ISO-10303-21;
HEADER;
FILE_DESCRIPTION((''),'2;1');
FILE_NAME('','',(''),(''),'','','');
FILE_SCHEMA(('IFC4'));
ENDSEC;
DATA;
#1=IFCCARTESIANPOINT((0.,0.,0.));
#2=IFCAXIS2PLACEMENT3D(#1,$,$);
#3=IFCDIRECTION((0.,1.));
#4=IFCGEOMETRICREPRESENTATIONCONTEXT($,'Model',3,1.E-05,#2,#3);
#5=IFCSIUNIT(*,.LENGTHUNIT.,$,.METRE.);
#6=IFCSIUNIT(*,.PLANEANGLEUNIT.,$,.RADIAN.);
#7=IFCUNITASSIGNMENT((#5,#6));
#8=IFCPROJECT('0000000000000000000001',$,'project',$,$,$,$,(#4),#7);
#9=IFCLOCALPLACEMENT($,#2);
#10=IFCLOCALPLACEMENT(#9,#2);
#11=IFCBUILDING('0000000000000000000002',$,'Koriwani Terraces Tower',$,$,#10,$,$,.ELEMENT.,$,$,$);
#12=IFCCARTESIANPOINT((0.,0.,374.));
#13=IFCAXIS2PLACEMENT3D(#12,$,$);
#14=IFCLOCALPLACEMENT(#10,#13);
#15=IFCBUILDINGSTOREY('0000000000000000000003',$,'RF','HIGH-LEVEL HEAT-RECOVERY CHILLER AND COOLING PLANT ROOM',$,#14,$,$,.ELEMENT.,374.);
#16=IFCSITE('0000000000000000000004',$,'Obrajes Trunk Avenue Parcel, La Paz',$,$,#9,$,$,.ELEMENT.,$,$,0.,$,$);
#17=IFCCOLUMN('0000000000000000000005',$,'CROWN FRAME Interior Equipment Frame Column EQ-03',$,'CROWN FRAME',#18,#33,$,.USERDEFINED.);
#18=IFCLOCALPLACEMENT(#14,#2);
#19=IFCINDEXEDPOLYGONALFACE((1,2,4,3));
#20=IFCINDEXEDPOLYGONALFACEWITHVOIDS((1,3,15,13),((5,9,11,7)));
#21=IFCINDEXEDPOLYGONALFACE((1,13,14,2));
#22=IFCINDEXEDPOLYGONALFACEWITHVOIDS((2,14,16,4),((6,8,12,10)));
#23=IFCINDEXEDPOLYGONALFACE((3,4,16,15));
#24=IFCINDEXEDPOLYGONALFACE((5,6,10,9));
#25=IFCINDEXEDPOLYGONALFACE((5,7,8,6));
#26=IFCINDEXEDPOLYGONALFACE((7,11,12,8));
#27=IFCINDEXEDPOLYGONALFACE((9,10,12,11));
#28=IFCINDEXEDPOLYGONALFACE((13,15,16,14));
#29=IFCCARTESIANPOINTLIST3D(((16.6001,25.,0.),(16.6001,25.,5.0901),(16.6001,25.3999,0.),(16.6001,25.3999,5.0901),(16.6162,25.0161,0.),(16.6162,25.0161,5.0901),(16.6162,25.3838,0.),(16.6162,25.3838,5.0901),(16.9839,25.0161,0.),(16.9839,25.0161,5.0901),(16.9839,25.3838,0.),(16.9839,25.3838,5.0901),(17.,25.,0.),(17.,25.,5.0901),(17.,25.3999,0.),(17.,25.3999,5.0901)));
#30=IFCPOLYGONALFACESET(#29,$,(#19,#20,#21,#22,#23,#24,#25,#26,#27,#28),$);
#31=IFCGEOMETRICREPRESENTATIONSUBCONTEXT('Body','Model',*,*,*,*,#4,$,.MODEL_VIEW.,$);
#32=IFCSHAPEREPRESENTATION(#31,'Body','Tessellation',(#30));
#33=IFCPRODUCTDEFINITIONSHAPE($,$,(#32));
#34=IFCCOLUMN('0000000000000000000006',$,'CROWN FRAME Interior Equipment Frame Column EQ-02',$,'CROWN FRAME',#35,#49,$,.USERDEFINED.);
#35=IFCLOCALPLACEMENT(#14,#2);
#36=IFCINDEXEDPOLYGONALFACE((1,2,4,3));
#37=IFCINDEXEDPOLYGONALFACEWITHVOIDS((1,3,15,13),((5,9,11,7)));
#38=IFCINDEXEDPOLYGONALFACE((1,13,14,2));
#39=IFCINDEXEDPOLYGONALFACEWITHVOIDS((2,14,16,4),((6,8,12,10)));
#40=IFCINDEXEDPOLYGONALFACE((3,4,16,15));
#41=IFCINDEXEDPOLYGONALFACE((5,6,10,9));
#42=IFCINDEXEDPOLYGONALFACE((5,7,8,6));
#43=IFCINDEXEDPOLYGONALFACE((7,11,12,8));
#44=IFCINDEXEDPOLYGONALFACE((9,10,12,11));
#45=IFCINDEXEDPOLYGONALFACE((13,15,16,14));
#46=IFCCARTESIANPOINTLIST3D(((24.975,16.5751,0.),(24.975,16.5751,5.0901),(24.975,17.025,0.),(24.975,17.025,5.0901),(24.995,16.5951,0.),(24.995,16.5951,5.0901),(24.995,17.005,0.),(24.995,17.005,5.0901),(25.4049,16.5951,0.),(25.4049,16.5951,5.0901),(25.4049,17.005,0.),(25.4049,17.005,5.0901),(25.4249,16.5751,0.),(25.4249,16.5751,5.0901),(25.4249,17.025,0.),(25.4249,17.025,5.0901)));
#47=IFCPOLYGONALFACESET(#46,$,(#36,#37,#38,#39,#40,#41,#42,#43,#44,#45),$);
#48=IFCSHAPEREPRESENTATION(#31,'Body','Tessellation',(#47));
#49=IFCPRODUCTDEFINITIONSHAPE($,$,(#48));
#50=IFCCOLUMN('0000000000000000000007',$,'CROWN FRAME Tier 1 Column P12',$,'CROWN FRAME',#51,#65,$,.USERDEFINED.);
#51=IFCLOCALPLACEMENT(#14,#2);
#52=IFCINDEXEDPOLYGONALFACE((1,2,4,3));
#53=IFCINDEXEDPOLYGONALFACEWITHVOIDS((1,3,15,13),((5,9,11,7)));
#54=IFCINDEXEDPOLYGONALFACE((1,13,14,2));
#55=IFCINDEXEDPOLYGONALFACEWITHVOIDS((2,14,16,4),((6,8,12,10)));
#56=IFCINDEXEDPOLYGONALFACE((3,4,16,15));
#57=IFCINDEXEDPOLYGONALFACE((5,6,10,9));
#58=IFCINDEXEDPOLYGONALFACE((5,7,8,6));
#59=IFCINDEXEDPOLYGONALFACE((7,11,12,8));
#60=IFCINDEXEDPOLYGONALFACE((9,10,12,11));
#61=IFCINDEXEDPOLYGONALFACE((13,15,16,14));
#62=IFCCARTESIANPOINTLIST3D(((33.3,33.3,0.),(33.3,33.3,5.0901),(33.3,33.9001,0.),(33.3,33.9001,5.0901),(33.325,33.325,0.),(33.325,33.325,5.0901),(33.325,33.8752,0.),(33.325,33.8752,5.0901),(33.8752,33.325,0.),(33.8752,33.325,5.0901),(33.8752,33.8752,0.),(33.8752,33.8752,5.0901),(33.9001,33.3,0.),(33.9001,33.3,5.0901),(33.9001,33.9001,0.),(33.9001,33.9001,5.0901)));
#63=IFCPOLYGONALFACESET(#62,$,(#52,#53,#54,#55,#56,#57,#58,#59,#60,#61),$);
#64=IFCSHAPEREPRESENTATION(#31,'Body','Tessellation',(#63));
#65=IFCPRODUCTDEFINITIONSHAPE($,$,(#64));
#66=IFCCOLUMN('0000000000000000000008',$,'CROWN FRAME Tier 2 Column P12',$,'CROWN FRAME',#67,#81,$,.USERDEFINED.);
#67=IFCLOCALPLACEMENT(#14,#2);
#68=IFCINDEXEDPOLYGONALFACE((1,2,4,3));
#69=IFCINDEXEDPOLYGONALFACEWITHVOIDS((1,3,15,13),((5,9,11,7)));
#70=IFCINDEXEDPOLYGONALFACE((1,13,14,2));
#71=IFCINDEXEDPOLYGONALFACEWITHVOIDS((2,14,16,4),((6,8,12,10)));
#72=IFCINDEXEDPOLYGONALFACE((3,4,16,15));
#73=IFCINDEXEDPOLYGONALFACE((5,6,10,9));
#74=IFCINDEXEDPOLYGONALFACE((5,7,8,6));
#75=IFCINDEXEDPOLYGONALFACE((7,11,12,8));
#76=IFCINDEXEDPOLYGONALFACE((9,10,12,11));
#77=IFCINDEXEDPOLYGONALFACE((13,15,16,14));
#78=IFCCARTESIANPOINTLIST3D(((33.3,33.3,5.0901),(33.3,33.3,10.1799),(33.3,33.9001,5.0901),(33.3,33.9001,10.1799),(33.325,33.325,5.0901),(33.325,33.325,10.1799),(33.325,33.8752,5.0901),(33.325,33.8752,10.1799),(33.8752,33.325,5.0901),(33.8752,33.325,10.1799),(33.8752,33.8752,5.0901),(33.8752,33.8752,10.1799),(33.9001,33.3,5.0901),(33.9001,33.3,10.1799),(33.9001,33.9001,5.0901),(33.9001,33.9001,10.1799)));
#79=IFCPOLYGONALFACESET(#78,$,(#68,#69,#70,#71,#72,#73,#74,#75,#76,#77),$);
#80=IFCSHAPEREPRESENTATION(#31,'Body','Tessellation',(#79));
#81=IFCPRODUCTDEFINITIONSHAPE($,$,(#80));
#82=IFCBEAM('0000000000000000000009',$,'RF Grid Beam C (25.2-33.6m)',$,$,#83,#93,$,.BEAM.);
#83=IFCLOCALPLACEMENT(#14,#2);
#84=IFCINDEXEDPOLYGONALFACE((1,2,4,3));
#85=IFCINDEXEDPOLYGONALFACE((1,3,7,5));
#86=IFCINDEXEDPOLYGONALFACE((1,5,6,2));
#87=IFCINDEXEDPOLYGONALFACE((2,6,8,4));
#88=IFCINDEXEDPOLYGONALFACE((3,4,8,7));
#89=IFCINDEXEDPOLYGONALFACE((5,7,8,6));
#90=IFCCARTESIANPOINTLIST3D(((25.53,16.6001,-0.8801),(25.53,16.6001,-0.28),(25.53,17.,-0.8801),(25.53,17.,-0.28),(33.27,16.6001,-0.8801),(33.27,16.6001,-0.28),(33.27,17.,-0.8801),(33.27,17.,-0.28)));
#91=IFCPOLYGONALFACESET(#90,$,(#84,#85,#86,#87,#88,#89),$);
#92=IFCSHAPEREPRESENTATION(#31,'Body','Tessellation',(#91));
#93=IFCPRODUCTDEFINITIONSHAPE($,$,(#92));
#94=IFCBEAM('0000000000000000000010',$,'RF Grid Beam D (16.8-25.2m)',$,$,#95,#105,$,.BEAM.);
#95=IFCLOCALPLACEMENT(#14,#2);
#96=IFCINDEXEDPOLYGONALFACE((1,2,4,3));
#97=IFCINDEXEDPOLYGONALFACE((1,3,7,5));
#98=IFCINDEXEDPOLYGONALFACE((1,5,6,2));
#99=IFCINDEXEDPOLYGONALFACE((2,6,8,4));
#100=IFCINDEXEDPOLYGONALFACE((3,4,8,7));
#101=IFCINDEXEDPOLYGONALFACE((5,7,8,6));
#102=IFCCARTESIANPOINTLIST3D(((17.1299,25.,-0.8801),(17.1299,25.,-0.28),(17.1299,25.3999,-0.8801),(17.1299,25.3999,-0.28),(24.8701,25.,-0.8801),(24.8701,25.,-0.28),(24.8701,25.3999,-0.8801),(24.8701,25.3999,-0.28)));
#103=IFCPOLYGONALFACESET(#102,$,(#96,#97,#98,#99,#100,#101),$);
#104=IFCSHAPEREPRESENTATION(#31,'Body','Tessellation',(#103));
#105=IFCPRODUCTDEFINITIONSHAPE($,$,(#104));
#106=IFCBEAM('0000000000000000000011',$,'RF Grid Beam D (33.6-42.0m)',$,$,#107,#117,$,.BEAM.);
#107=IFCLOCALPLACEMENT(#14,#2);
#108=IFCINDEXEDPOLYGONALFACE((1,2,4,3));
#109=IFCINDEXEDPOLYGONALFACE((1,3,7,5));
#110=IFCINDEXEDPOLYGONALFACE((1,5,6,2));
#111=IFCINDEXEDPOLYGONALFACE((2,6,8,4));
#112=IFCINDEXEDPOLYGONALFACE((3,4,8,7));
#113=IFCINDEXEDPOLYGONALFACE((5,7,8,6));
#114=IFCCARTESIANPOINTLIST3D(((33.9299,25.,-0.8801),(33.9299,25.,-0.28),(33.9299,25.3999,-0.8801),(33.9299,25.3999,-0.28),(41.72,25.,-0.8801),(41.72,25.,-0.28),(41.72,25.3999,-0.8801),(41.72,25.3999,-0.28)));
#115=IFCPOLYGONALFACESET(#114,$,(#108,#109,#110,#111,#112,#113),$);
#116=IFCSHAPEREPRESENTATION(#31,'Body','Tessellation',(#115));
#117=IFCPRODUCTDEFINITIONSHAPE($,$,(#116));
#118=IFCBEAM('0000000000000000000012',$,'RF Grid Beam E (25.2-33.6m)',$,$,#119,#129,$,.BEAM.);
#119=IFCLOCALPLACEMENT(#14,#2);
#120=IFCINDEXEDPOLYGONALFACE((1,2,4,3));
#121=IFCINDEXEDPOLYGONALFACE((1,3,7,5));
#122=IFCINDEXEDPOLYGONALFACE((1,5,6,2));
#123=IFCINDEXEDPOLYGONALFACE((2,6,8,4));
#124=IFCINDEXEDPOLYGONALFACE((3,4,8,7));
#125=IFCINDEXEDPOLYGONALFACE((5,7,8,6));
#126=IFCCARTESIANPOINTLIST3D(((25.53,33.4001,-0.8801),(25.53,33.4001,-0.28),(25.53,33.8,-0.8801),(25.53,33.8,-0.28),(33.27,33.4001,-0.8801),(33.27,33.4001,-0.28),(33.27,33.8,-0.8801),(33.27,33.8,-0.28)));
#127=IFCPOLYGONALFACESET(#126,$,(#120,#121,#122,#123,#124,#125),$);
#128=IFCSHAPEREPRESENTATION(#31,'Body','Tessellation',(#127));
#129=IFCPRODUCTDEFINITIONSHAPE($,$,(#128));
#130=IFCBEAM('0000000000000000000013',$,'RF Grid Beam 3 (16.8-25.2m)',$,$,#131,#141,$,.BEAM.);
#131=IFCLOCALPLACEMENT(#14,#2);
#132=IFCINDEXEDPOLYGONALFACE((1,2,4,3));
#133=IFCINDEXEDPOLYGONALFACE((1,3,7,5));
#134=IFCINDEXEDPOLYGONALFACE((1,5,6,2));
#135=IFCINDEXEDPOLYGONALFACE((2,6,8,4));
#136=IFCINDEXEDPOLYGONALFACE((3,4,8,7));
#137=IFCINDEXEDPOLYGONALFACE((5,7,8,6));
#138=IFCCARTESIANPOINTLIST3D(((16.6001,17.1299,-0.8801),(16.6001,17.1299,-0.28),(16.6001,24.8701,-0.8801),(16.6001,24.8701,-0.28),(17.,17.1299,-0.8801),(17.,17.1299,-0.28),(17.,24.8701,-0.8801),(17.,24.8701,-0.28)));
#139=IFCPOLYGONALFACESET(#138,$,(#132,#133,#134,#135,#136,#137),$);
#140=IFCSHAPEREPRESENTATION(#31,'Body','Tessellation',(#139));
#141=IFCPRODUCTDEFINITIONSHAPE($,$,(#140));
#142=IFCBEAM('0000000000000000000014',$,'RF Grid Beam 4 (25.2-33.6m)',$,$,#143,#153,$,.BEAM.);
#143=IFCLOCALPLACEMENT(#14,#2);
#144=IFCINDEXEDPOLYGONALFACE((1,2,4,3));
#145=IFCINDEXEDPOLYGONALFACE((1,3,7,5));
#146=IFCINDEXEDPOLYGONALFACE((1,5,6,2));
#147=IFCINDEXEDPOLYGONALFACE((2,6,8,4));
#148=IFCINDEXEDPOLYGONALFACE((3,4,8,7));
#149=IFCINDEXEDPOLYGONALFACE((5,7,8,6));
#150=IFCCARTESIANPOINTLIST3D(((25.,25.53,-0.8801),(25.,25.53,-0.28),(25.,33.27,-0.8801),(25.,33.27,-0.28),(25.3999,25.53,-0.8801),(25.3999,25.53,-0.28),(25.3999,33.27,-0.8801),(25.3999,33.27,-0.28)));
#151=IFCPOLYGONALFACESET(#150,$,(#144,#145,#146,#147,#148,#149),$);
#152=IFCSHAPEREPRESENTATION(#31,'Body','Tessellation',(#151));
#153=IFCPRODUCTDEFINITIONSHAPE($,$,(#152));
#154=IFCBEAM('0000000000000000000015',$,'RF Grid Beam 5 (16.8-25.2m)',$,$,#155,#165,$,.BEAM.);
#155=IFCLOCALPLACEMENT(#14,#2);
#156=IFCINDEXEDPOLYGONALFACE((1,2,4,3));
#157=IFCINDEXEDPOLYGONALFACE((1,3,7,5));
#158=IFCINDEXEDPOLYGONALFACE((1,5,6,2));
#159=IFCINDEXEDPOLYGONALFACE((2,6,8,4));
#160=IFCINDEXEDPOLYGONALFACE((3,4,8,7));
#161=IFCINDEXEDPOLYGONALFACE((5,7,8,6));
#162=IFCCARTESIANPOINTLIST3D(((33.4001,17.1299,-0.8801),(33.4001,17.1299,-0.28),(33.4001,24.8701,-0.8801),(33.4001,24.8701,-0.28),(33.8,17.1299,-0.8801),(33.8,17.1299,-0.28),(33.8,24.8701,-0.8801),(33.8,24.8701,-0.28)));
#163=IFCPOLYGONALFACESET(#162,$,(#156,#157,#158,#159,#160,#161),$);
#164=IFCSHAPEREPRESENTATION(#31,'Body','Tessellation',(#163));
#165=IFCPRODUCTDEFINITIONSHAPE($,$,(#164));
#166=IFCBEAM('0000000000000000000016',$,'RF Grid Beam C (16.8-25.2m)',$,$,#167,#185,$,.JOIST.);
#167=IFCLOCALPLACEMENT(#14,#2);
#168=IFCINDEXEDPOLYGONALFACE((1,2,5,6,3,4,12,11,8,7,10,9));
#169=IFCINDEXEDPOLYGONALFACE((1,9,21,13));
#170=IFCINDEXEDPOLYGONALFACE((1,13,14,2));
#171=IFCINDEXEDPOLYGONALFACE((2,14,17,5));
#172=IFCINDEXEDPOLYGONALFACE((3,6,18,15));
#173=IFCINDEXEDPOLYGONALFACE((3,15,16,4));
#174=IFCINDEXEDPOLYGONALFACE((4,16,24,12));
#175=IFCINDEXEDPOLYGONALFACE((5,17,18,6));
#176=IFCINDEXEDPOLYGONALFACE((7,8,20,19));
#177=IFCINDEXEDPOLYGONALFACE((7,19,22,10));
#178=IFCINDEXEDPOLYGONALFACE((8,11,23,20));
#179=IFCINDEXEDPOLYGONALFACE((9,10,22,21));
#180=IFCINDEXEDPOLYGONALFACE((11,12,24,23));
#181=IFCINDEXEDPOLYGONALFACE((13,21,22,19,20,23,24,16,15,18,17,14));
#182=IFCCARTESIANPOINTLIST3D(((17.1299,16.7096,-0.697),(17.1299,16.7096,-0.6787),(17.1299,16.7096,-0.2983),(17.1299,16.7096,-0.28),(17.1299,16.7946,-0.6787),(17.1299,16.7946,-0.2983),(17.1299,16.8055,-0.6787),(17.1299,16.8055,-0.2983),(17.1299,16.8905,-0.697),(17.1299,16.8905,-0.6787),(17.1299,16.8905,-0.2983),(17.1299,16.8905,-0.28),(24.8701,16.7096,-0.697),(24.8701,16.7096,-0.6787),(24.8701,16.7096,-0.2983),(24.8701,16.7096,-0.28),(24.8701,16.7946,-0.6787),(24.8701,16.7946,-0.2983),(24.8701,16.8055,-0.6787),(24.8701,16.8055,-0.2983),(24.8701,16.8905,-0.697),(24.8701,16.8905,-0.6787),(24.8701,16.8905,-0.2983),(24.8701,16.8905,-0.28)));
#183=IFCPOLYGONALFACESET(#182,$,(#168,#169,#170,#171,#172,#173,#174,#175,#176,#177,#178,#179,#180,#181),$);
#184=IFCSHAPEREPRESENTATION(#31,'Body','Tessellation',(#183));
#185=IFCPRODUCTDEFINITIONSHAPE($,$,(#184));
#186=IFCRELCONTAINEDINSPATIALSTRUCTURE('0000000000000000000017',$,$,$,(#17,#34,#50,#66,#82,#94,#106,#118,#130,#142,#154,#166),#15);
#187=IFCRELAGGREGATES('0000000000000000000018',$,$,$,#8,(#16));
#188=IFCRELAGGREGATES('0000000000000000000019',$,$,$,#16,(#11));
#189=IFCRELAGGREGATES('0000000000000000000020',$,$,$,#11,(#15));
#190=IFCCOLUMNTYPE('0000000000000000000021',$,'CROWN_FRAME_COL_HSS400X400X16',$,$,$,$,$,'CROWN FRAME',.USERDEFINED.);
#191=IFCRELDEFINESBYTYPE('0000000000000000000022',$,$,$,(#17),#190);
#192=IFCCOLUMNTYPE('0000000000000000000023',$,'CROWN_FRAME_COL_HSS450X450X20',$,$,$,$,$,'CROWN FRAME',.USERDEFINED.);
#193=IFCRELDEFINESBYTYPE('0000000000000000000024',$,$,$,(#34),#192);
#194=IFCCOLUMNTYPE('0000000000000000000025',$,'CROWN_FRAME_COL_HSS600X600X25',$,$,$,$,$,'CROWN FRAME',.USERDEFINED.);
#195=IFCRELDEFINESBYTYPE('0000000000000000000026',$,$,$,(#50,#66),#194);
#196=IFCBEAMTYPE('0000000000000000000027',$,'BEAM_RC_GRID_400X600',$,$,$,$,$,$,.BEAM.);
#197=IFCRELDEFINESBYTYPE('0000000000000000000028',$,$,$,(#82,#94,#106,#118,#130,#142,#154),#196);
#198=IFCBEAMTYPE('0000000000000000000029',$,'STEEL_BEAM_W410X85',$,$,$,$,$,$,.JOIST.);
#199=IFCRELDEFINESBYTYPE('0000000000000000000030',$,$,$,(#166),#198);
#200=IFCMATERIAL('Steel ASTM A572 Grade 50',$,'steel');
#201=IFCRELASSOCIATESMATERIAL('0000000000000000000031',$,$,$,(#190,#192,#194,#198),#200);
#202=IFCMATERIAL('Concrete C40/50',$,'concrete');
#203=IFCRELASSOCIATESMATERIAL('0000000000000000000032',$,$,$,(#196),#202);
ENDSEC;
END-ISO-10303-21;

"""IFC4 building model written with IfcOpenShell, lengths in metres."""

from ifc_helpers import new_model, si_unit, direction, frame, origin, origin_2d, place, context, subcontext, project, spatial, rectangle, hollow_rectangle, i_section, extrude, material, material_profile, profile_set, type_object, element, save


model = new_model("IFC4")

# Units and contexts
model_context = context("Model", 3, precision=1e-05, world=origin(), true_north=direction((0.0, 1.0)))
body_context = subcontext(model_context, "Body", "Model", "MODEL_VIEW")
ifc_project = project(units=[si_unit("LENGTHUNIT", "METRE"), si_unit("PLANEANGLEUNIT", "RADIAN")], contexts=[model_context])

# Site, building, storey
site_placement = place(None, origin())
site = spatial("IfcSite", under=ifc_project, at=site_placement, Name="Obrajes Trunk Avenue Parcel, La Paz", CompositionType="ELEMENT", RefElevation=0.0)
building_placement = place(site_placement, origin())
building = spatial("IfcBuilding", under=site, at=building_placement, Name="Koriwani Terraces Tower", CompositionType="ELEMENT")
storey_placement = place(building_placement, frame((0.0, 0.0, 374.0)))
storey = spatial("IfcBuildingStorey", under=building, at=storey_placement, Name="RF", Description="HIGH-LEVEL HEAT-RECOVERY CHILLER AND COOLING PLANT ROOM", CompositionType="ELEMENT", Elevation=374.0)

# Columns
ifc_material_1 = material(Name="Steel ASTM A572 Grade 50", Category="steel")
ifc_material_profile_1 = material_profile(ifc_material_1, hollow_rectangle(XDim=0.3999, YDim=0.3999, WallThickness=0.0161, at=origin_2d()), Name="Steel ASTM A572 Grade 50", Category="LoadBearing")
ifc_profile_set_1 = profile_set([ifc_material_profile_1], Name="Steel ASTM A572 Grade 50")
column_type_1 = type_object("IfcColumnType", Name="CROWN_FRAME_COL_HSS400X400X16", ElementType="CROWN FRAME", PredefinedType="USERDEFINED", material=ifc_profile_set_1)
column_1_placement = place(storey_placement, frame((16.8, 25.2, 0.0), z_axis=(0.0, 0.0, 1.0), x_axis=(1.0, 0.0, 0.0)))
element("IfcColumn", 1, at=column_1_placement, inside=storey, type_object=column_type_1, Name="CROWN FRAME Interior Equipment Frame Column EQ-03", ObjectType="CROWN FRAME", PredefinedType="USERDEFINED", context=body_context, shape_type="SweptSolid", body=[
    extrude(hollow_rectangle(XDim=0.3999, YDim=0.3999, WallThickness=0.0161, at=origin_2d()), origin(), (0.0, 0.0, 1.0), 5.0901),
])
ifc_material_profile_2 = material_profile(ifc_material_1, hollow_rectangle(XDim=0.45, YDim=0.45, WallThickness=0.02, at=origin_2d()), Name="Steel ASTM A572 Grade 50", Category="LoadBearing")
ifc_profile_set_2 = profile_set([ifc_material_profile_2], Name="Steel ASTM A572 Grade 50")
column_type_2 = type_object("IfcColumnType", Name="CROWN_FRAME_COL_HSS450X450X20", ElementType="CROWN FRAME", PredefinedType="USERDEFINED", material=ifc_profile_set_2)
column_2_placement = place(storey_placement, frame((25.2, 16.8, 0.0), z_axis=(0.0, 0.0, 1.0), x_axis=(1.0, 0.0, 0.0)))
element("IfcColumn", 2, at=column_2_placement, inside=storey, type_object=column_type_2, Name="CROWN FRAME Interior Equipment Frame Column EQ-02", ObjectType="CROWN FRAME", PredefinedType="USERDEFINED", context=body_context, shape_type="SweptSolid", body=[
    extrude(hollow_rectangle(XDim=0.45, YDim=0.45, WallThickness=0.02, at=origin_2d()), origin(), (0.0, 0.0, 1.0), 5.0901),
])
ifc_material_profile_3 = material_profile(ifc_material_1, hollow_rectangle(XDim=0.6001, YDim=0.6001, WallThickness=0.0249, at=origin_2d()), Name="Steel ASTM A572 Grade 50", Category="LoadBearing")
ifc_profile_set_3 = profile_set([ifc_material_profile_3], Name="Steel ASTM A572 Grade 50")
column_type_3 = type_object("IfcColumnType", Name="CROWN_FRAME_COL_HSS600X600X25", ElementType="CROWN FRAME", PredefinedType="USERDEFINED", material=ifc_profile_set_3)
column_3_placement = place(storey_placement, frame((33.6001, 33.6001, 0.0), z_axis=(0.0, 0.0, 1.0), x_axis=(1.0, 0.0, 0.0)))
element("IfcColumn", 3, at=column_3_placement, inside=storey, type_object=column_type_3, Name="CROWN FRAME Tier 1 Column P12", ObjectType="CROWN FRAME", PredefinedType="USERDEFINED", context=body_context, shape_type="SweptSolid", body=[
    extrude(hollow_rectangle(XDim=0.6001, YDim=0.6001, WallThickness=0.0249, at=origin_2d()), origin(), (0.0, 0.0, 1.0), 5.0901),
])
column_4_placement = place(storey_placement, frame((33.6001, 33.6001, 5.0901), z_axis=(0.0, 0.0, 1.0), x_axis=(1.0, 0.0, 0.0)))
element("IfcColumn", 4, at=column_4_placement, inside=storey, type_object=column_type_3, Name="CROWN FRAME Tier 2 Column P12", ObjectType="CROWN FRAME", PredefinedType="USERDEFINED", context=body_context, shape_type="SweptSolid", body=[
    extrude(hollow_rectangle(XDim=0.6001, YDim=0.6001, WallThickness=0.0249, at=origin_2d()), origin(), (0.0, 0.0, 1.0), 5.0898),
])

# Beams
ifc_material_2 = material(Name="Concrete C40/50", Category="concrete")
ifc_material_profile_4 = material_profile(ifc_material_2, rectangle(XDim=0.3999, YDim=0.6001, at=origin_2d()), Name="Concrete C40/50", Category="LoadBearing")
ifc_profile_set_4 = profile_set([ifc_material_profile_4], Name="Concrete C40/50")
beam_type_1 = type_object("IfcBeamType", Name="BEAM_RC_GRID_400X600", PredefinedType="BEAM", material=ifc_profile_set_4)
beam_1_placement = place(storey_placement, frame((25.53, 16.8, -0.5801), z_axis=(1.0, 0.0, 0.0), x_axis=(0.0, 1.0, 0.0)))
element("IfcBeam", 5, at=beam_1_placement, inside=storey, type_object=beam_type_1, Name="RF Grid Beam C (25.2-33.6m)", PredefinedType="BEAM", context=body_context, shape_type="SweptSolid", body=[
    extrude(rectangle(XDim=0.3999, YDim=0.6001, at=origin_2d()), origin(), (0.0, 0.0, 1.0), 7.74),
])
beam_2_placement = place(storey_placement, frame((17.1299, 25.2, -0.5801), z_axis=(1.0, 0.0, 0.0), x_axis=(0.0, 1.0, 0.0)))
element("IfcBeam", 6, at=beam_2_placement, inside=storey, type_object=beam_type_1, Name="RF Grid Beam D (16.8-25.2m)", PredefinedType="BEAM", context=body_context, shape_type="SweptSolid", body=[
    extrude(rectangle(XDim=0.3999, YDim=0.6001, at=origin_2d()), origin(), (0.0, 0.0, 1.0), 7.7402),
])
beam_3_placement = place(storey_placement, frame((33.9299, 25.2, -0.5801), z_axis=(1.0, 0.0, 0.0), x_axis=(0.0, 1.0, 0.0)))
element("IfcBeam", 7, at=beam_3_placement, inside=storey, type_object=beam_type_1, Name="RF Grid Beam D (33.6-42.0m)", PredefinedType="BEAM", context=body_context, shape_type="SweptSolid", body=[
    extrude(rectangle(XDim=0.3999, YDim=0.6001, at=origin_2d()), origin(), (0.0, 0.0, 1.0), 7.79),
])
beam_4_placement = place(storey_placement, frame((25.53, 33.6001, -0.5801), z_axis=(1.0, 0.0, 0.0), x_axis=(0.0, 1.0, 0.0)))
element("IfcBeam", 8, at=beam_4_placement, inside=storey, type_object=beam_type_1, Name="RF Grid Beam E (25.2-33.6m)", PredefinedType="BEAM", context=body_context, shape_type="SweptSolid", body=[
    extrude(rectangle(XDim=0.3999, YDim=0.6001, at=origin_2d()), origin(), (0.0, 0.0, 1.0), 7.74),
])
beam_5_placement = place(storey_placement, frame((16.8, 17.1299, -0.5801), z_axis=(0.0, 1.0, 0.0), x_axis=(-1.0, 0.0, 0.0)))
element("IfcBeam", 9, at=beam_5_placement, inside=storey, type_object=beam_type_1, Name="RF Grid Beam 3 (16.8-25.2m)", PredefinedType="BEAM", context=body_context, shape_type="SweptSolid", body=[
    extrude(rectangle(XDim=0.3999, YDim=0.6001, at=origin_2d()), origin(), (0.0, 0.0, 1.0), 7.7402),
])
beam_6_placement = place(storey_placement, frame((25.2, 25.53, -0.5801), z_axis=(0.0, 1.0, 0.0), x_axis=(-1.0, 0.0, 0.0)))
element("IfcBeam", 10, at=beam_6_placement, inside=storey, type_object=beam_type_1, Name="RF Grid Beam 4 (25.2-33.6m)", PredefinedType="BEAM", context=body_context, shape_type="SweptSolid", body=[
    extrude(rectangle(XDim=0.3999, YDim=0.6001, at=origin_2d()), origin(), (0.0, 0.0, 1.0), 7.74),
])
beam_7_placement = place(storey_placement, frame((33.6001, 17.1299, -0.5801), z_axis=(0.0, 1.0, 0.0), x_axis=(-1.0, 0.0, 0.0)))
element("IfcBeam", 11, at=beam_7_placement, inside=storey, type_object=beam_type_1, Name="RF Grid Beam 5 (16.8-25.2m)", PredefinedType="BEAM", context=body_context, shape_type="SweptSolid", body=[
    extrude(rectangle(XDim=0.3999, YDim=0.6001, at=origin_2d()), origin(), (0.0, 0.0, 1.0), 7.7402),
])
ifc_material_profile_5 = material_profile(ifc_material_1, i_section(OverallWidth=0.1809, OverallDepth=0.417, WebThickness=0.011, FlangeThickness=0.0183, at=origin_2d()), Name="Steel ASTM A572 Grade 50", Category="LoadBearing")
ifc_profile_set_5 = profile_set([ifc_material_profile_5], Name="Steel ASTM A572 Grade 50")
beam_type_2 = type_object("IfcBeamType", Name="STEEL_BEAM_W410X85", PredefinedType="JOIST", material=ifc_profile_set_5)
beam_8_placement = place(storey_placement, frame((17.1299, 16.8, -0.4885), z_axis=(1.0, 0.0, 0.0), x_axis=(0.0, 1.0, 0.0)))
element("IfcBeam", 12, at=beam_8_placement, inside=storey, type_object=beam_type_2, Name="RF Grid Beam C (16.8-25.2m)", PredefinedType="JOIST", context=body_context, shape_type="SweptSolid", body=[
    extrude(i_section(OverallWidth=0.1809, OverallDepth=0.417, WebThickness=0.011, FlangeThickness=0.0183, at=origin_2d()), origin(), (0.0, 0.0, 1.0), 7.7402),
])

save(model, "model.ifc")
